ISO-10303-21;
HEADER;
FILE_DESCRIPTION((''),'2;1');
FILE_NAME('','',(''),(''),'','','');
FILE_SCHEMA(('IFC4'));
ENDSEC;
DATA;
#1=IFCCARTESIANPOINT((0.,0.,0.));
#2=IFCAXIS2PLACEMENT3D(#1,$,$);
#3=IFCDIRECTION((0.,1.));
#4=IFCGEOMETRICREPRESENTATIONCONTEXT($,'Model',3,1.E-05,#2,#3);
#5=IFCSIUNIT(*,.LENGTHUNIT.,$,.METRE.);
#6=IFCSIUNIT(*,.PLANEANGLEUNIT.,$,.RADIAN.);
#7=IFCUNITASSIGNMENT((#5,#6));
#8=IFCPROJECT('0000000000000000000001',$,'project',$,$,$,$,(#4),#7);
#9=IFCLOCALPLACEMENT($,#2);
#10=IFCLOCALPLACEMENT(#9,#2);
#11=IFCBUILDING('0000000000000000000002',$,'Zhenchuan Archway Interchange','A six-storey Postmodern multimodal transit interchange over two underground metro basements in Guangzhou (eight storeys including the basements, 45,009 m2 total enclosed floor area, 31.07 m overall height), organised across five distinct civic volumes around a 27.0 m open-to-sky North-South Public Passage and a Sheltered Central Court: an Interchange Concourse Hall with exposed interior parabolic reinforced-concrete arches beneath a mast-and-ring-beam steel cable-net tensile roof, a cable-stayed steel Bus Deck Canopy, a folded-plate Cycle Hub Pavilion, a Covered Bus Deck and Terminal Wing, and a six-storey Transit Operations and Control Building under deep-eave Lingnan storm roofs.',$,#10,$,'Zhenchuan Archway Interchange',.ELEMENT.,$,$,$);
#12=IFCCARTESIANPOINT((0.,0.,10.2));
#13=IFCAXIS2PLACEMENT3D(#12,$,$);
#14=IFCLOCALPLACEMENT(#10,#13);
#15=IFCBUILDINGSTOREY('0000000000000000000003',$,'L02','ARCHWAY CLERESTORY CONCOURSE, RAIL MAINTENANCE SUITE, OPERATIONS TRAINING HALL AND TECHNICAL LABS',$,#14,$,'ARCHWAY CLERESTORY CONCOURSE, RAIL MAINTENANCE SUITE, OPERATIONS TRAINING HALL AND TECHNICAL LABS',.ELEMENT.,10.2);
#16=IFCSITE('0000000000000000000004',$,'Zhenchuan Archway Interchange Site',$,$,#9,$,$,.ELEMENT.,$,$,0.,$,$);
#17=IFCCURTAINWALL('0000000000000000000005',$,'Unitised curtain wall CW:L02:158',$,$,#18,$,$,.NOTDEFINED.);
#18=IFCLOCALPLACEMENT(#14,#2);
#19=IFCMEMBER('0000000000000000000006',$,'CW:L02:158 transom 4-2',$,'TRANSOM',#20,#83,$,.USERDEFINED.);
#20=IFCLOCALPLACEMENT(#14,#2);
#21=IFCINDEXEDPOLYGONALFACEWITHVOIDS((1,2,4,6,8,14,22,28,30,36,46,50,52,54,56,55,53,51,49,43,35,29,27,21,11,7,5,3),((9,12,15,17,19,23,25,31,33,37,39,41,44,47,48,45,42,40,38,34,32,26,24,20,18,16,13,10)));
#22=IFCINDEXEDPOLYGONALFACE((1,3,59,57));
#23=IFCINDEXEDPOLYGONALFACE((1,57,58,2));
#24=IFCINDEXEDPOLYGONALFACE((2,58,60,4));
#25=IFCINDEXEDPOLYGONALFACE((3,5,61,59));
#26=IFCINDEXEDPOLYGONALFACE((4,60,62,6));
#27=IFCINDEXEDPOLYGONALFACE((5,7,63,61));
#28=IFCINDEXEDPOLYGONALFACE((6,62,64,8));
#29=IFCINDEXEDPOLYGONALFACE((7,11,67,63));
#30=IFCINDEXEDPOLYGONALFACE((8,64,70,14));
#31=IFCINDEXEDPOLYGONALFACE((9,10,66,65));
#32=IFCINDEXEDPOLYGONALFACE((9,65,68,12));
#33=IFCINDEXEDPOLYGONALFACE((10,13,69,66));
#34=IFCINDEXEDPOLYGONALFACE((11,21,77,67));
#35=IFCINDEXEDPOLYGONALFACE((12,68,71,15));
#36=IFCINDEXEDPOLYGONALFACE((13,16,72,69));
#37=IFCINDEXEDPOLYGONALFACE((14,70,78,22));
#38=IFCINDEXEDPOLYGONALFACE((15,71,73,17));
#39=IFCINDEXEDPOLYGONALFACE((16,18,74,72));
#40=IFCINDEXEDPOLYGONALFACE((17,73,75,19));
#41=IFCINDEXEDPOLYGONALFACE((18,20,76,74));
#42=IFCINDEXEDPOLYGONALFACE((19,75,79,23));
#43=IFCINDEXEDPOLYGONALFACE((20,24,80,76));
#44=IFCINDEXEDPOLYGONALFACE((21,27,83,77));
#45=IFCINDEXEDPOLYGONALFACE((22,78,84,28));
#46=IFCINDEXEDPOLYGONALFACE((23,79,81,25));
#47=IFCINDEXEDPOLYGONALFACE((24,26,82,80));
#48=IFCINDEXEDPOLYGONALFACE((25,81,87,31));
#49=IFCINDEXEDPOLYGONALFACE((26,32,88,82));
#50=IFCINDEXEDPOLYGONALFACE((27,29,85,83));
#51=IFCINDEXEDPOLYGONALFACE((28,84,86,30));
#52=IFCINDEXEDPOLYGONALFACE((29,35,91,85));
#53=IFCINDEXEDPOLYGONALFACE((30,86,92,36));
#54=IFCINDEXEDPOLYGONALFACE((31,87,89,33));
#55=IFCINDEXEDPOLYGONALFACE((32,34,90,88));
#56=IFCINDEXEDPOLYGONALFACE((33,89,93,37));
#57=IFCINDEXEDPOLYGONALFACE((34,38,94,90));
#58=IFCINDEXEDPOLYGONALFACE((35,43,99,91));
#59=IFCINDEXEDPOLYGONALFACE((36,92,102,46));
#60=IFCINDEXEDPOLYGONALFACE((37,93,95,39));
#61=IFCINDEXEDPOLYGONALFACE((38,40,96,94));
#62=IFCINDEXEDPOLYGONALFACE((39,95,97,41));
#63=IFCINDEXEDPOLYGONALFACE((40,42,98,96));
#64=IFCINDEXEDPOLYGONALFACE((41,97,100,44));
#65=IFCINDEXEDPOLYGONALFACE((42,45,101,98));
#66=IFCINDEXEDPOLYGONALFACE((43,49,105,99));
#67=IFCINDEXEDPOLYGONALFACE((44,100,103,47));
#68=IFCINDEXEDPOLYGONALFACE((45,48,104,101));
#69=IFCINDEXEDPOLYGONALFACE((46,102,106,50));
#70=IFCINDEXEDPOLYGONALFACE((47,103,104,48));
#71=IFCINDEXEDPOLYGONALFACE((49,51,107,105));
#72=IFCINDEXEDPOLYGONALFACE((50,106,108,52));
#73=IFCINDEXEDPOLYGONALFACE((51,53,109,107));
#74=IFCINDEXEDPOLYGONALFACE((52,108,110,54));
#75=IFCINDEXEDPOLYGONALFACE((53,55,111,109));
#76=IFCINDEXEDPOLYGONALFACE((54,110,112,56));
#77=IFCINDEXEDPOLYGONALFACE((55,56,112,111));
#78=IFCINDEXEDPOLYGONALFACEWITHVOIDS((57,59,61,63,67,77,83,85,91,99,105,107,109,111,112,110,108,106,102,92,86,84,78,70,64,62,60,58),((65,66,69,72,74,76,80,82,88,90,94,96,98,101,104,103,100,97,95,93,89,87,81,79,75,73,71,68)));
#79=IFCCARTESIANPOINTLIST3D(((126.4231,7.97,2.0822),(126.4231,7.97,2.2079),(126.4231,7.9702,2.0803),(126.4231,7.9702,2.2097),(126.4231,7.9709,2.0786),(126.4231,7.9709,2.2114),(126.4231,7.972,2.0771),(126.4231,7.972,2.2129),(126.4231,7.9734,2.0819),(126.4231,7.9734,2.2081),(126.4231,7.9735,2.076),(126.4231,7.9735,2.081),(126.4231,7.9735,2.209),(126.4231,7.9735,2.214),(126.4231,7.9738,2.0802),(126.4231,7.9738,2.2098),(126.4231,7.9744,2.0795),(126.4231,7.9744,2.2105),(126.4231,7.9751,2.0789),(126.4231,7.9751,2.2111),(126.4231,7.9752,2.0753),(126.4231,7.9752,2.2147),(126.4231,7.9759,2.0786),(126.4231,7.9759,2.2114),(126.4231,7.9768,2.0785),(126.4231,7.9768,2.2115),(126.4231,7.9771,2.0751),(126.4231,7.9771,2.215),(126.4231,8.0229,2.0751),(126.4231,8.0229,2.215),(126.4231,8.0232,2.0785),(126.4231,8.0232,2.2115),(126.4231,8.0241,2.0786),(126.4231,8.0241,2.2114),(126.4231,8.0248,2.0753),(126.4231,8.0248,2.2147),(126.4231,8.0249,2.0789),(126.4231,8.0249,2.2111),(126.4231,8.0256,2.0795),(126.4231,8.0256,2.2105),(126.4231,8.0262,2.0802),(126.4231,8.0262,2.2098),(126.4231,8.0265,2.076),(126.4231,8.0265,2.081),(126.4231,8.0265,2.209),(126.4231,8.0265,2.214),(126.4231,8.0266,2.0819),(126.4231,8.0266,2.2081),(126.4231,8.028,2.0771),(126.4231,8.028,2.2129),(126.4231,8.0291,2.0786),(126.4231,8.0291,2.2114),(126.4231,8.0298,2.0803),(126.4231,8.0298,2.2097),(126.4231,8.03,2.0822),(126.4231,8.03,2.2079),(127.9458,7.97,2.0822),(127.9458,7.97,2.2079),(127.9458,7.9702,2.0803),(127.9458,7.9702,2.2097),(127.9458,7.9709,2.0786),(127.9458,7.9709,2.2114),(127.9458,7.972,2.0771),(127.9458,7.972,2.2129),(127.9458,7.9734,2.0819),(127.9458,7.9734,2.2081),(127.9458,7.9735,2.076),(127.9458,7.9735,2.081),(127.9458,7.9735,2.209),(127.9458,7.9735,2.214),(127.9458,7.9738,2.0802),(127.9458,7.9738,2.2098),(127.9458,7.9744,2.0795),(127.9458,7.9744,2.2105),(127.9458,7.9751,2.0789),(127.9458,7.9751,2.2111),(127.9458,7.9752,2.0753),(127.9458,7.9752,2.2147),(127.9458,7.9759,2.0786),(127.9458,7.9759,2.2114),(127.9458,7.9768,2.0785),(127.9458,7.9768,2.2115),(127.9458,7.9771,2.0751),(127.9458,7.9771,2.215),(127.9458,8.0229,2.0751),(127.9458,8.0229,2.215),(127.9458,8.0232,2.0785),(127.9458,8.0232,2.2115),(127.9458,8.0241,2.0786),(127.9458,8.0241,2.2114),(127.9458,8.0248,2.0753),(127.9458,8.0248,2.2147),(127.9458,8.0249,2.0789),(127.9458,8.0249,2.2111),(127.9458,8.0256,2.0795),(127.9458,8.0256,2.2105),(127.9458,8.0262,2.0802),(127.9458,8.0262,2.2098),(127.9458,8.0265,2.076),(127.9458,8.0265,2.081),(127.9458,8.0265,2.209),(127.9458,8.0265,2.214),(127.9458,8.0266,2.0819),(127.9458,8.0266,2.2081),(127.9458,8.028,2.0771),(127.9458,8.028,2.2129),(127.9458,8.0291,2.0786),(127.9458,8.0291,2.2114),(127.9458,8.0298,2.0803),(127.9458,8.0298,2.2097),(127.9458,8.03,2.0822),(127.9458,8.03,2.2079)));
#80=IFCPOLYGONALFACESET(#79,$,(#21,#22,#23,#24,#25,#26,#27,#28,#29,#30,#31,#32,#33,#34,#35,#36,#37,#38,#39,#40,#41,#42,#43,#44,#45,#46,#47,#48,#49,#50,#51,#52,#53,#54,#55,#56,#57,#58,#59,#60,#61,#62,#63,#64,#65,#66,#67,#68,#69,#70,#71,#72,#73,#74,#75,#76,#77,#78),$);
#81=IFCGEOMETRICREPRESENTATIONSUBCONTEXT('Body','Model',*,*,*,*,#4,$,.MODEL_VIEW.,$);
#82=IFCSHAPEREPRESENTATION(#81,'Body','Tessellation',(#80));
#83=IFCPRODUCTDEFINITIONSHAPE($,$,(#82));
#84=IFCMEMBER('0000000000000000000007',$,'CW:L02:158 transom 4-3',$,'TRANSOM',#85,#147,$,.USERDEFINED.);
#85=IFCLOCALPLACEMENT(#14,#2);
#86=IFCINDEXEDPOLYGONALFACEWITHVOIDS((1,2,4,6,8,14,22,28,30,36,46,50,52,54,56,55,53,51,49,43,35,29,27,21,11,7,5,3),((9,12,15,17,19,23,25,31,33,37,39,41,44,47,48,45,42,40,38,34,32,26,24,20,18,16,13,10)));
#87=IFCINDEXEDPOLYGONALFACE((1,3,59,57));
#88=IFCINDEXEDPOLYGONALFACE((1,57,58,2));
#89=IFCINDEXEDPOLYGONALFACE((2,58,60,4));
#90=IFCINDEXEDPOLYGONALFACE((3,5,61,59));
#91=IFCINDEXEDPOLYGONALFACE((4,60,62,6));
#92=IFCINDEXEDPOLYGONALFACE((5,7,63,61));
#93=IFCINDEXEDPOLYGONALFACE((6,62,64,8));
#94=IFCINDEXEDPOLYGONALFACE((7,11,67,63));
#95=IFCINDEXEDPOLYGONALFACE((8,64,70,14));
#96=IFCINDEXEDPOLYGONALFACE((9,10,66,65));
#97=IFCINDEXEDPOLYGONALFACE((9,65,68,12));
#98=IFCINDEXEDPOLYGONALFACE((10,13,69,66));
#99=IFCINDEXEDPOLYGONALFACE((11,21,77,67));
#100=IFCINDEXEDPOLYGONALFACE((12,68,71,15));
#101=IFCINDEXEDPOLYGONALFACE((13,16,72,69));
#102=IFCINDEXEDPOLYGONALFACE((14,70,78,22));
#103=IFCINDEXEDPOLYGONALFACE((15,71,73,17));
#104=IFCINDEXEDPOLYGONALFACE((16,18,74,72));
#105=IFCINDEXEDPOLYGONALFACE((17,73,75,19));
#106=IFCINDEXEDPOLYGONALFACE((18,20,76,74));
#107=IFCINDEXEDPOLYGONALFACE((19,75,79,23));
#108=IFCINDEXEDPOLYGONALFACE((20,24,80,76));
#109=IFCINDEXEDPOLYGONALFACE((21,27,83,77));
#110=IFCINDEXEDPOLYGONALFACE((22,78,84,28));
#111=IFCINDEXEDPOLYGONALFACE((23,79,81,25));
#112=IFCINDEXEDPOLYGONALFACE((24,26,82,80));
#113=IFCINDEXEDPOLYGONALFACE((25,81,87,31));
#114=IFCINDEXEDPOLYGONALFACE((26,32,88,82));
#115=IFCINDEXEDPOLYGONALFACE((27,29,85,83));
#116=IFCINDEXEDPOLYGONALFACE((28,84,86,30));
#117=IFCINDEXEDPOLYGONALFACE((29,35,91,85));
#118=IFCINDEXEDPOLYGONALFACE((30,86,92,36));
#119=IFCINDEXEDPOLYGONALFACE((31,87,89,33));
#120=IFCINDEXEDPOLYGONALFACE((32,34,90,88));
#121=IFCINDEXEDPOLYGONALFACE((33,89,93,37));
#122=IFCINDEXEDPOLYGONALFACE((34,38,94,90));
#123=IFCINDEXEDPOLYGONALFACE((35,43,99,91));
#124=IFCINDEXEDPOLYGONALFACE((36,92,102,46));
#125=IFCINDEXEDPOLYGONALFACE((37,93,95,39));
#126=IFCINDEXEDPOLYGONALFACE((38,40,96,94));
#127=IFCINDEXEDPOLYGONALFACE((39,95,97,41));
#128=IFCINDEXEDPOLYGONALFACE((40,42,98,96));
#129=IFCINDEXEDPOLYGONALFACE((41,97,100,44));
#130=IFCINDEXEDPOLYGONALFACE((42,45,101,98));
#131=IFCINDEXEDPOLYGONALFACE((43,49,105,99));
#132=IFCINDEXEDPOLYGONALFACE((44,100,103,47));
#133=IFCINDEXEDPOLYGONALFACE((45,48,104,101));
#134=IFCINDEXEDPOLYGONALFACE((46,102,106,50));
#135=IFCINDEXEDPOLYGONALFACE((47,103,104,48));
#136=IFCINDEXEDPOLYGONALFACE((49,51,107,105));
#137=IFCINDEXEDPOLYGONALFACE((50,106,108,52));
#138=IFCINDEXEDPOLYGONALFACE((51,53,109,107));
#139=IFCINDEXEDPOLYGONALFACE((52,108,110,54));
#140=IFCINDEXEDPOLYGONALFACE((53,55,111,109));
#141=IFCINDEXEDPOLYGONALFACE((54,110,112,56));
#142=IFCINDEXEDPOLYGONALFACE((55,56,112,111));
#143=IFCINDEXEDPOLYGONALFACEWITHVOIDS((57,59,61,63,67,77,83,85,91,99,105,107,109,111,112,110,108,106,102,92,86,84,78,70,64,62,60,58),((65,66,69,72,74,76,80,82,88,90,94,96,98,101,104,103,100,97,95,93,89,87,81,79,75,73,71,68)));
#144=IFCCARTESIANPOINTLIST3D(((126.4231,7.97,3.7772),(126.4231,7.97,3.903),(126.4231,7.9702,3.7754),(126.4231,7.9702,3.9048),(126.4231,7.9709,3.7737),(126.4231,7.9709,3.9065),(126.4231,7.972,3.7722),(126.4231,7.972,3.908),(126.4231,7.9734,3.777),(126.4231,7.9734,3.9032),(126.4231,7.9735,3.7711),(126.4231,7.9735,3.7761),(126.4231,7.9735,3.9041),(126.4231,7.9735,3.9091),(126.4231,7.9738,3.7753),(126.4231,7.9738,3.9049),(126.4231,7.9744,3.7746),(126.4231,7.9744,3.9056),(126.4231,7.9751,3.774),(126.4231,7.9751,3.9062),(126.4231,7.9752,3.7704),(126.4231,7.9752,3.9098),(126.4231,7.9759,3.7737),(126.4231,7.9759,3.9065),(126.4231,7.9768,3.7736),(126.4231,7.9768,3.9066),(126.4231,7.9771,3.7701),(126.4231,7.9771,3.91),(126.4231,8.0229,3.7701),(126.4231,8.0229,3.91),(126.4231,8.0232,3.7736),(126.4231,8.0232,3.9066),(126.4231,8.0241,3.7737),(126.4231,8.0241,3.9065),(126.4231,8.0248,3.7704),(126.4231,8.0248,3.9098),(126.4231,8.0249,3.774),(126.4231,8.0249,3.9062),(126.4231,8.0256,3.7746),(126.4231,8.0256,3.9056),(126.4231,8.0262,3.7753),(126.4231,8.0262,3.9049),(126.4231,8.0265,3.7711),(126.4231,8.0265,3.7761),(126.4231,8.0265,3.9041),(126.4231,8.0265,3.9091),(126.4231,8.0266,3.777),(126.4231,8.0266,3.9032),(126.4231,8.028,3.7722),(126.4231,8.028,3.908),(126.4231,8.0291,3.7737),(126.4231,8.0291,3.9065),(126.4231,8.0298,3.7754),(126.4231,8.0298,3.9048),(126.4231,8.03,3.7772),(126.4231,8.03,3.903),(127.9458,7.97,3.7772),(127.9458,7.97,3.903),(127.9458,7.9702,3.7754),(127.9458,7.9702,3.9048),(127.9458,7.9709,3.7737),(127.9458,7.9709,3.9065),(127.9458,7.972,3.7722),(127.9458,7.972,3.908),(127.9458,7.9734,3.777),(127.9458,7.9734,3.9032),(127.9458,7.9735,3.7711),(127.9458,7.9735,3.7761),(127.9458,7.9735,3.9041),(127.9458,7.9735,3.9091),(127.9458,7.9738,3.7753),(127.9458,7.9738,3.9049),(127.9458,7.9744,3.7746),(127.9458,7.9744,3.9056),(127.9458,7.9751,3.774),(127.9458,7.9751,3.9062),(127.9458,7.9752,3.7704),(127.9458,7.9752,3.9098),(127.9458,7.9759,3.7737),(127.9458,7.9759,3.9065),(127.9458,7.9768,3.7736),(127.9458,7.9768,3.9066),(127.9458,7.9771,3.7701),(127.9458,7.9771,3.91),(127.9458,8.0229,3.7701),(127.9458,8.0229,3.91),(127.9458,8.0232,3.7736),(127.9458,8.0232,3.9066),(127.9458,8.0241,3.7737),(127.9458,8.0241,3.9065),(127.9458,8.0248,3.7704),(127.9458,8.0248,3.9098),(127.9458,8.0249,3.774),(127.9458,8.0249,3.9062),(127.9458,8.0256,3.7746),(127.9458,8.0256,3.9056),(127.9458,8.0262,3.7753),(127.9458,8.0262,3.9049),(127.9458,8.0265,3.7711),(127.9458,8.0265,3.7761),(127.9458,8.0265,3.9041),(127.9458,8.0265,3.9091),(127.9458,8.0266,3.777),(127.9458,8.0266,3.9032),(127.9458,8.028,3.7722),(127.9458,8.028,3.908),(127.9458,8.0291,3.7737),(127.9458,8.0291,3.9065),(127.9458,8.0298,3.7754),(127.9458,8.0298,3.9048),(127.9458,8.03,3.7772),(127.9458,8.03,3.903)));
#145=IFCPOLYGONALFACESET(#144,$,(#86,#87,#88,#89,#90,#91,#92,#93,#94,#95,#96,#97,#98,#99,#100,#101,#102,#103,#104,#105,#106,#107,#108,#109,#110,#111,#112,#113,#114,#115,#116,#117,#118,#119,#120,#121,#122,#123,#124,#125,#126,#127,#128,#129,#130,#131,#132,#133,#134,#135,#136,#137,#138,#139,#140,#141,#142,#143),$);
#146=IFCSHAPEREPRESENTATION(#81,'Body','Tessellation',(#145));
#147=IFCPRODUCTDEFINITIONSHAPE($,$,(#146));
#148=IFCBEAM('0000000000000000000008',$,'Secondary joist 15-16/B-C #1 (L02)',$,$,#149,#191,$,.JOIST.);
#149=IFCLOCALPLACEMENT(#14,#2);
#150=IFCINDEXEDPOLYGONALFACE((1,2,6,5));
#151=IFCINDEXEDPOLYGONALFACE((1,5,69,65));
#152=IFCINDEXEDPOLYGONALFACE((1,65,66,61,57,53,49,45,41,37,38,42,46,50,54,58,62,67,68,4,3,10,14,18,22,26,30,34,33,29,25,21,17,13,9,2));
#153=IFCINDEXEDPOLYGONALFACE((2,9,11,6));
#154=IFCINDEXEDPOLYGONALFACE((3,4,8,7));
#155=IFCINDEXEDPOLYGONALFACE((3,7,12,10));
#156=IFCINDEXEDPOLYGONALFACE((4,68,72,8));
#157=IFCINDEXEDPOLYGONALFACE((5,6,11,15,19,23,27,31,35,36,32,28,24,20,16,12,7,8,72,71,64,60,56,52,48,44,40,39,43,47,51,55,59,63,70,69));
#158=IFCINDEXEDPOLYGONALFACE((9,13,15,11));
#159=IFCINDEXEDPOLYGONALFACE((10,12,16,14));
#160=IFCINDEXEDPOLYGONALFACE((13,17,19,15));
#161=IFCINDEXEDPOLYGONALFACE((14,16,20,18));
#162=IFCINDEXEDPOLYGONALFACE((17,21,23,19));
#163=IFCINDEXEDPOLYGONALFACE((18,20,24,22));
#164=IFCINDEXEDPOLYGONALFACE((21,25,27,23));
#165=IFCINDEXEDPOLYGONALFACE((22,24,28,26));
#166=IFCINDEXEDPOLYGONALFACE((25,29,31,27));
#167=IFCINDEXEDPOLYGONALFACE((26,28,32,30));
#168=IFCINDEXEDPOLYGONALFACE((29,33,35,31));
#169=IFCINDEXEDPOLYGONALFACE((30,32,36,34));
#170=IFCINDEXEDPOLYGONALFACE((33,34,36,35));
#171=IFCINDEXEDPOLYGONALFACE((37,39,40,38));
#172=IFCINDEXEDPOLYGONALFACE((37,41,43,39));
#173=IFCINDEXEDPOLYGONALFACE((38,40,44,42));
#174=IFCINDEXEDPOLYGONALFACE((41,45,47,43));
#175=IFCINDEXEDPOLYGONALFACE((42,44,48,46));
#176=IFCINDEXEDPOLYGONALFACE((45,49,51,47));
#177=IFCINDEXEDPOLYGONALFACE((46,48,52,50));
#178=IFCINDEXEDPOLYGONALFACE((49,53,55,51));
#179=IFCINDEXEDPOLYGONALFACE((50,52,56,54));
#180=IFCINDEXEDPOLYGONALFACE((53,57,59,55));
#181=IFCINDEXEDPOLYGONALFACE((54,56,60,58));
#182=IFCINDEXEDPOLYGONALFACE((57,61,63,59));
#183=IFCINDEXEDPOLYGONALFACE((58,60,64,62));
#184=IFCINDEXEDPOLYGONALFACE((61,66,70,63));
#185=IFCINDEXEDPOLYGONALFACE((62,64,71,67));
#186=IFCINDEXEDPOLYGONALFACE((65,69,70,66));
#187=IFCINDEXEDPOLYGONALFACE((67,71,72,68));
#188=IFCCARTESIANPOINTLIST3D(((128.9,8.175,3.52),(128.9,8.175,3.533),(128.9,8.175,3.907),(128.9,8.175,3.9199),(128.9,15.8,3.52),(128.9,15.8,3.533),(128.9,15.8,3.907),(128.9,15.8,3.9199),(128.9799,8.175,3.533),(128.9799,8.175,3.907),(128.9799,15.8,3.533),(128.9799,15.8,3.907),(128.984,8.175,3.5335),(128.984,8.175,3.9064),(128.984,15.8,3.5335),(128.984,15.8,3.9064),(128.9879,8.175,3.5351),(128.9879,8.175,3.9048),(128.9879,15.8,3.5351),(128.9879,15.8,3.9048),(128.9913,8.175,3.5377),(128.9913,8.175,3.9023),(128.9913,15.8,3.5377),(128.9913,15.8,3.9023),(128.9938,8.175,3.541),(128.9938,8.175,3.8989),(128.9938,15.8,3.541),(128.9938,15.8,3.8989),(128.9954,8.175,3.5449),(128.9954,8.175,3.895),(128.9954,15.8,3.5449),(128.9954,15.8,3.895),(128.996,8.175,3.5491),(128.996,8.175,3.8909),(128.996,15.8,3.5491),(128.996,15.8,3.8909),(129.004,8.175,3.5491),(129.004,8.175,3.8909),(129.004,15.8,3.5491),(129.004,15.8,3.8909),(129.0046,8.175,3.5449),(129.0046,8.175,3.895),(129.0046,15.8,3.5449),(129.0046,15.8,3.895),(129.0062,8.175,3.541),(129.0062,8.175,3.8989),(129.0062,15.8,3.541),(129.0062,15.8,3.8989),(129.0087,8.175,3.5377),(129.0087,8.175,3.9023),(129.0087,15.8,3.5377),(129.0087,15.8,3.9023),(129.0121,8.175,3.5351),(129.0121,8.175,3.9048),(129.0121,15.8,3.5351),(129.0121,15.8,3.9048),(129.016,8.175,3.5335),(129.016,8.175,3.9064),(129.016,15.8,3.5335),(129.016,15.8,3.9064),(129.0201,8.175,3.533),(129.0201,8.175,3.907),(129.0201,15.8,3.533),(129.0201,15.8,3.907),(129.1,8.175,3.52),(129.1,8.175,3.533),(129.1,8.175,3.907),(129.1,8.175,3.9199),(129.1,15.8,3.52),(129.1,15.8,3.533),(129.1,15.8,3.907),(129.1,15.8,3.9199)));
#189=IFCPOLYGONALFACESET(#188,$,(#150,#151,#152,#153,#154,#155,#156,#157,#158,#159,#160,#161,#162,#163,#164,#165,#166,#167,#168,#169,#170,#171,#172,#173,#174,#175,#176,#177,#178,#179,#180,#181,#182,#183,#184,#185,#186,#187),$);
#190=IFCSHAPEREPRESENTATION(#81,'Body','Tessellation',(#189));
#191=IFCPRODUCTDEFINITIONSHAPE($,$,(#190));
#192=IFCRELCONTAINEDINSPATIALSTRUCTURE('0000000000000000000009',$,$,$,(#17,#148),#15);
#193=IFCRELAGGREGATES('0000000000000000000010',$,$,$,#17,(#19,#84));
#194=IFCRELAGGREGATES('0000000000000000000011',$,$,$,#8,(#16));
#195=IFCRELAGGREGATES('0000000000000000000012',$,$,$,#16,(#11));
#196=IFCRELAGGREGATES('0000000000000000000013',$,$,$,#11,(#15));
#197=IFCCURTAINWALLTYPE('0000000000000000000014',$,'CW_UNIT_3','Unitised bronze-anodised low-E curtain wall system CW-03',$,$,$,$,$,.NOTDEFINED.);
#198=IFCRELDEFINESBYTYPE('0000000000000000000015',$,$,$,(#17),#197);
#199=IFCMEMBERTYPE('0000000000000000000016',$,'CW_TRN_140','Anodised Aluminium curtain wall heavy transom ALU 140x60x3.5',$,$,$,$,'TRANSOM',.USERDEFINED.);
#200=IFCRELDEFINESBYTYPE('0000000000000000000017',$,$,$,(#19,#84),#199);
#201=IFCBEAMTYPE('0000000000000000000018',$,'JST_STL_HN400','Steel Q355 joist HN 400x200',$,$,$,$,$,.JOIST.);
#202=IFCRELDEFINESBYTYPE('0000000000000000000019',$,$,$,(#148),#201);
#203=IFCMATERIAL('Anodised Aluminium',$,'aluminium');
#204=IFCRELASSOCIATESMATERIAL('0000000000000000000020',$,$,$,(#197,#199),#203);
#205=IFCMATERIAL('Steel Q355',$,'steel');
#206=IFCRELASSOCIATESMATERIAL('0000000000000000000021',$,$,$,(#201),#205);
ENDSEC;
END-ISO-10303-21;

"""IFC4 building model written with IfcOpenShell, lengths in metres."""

from ifc_helpers import new_model, si_unit, direction, frame, origin, origin_2d, place, context, subcontext, project, spatial, hollow_rectangle, i_section, extrude, material, material_profile, profile_set, type_object, element, aggregate, save


model = new_model("IFC4")

# Units and contexts
model_context = context("Model", 3, precision=1e-05, world=origin(), true_north=direction((0.0, 1.0)))
body_context = subcontext(model_context, "Body", "Model", "MODEL_VIEW")
ifc_project = project(units=[si_unit("LENGTHUNIT", "METRE"), si_unit("PLANEANGLEUNIT", "RADIAN")], contexts=[model_context])

# Site, building, storey
site_placement = place(None, origin())
site = spatial("IfcSite", under=ifc_project, at=site_placement, Name="Zhenchuan Archway Interchange Site", CompositionType="ELEMENT", RefElevation=0.0)
building_placement = place(site_placement, origin())
building = spatial("IfcBuilding", under=site, at=building_placement, Name="Zhenchuan Archway Interchange", Description="A six-storey Postmodern multimodal transit interchange over two underground metro basements in Guangzhou (eight storeys including the basements, 45,009 m2 total enclosed floor area, 31.07 m overall height), organised across five distinct civic volumes around a 27.0 m open-to-sky North-South Public Passage and a Sheltered Central Court: an Interchange Concourse Hall with exposed interior parabolic reinforced-concrete arches beneath a mast-and-ring-beam steel cable-net tensile roof, a cable-stayed steel Bus Deck Canopy, a folded-plate Cycle Hub Pavilion, a Covered Bus Deck and Terminal Wing, and a six-storey Transit Operations and Control Building under deep-eave Lingnan storm roofs.", LongName="Zhenchuan Archway Interchange", CompositionType="ELEMENT")
storey_placement = place(building_placement, frame((0.0, 0.0, 10.2)))
storey = spatial("IfcBuildingStorey", under=building, at=storey_placement, Name="L02", Description="ARCHWAY CLERESTORY CONCOURSE, RAIL MAINTENANCE SUITE, OPERATIONS TRAINING HALL AND TECHNICAL LABS", LongName="ARCHWAY CLERESTORY CONCOURSE, RAIL MAINTENANCE SUITE, OPERATIONS TRAINING HALL AND TECHNICAL LABS", CompositionType="ELEMENT", Elevation=10.2)

# Curtain wall, members
ifc_material_1 = material(Name="Anodised Aluminium", Category="aluminium")
curtain_wall_type = type_object("IfcCurtainWallType", Name="CW_UNIT_3", Description="Unitised bronze-anodised low-E curtain wall system CW-03", PredefinedType="NOTDEFINED", material=ifc_material_1)
curtain_wall_placement = place(storey_placement, origin())
curtain_wall = element("IfcCurtainWall", 1, at=curtain_wall_placement, inside=storey, type_object=curtain_wall_type, Name="Unitised curtain wall CW:L02:158", PredefinedType="NOTDEFINED")
ifc_material_profile_1 = material_profile(ifc_material_1, hollow_rectangle(XDim=0.0601, YDim=0.1399, WallThickness=0.0034, InnerFilletRadius=0.0034, OuterFilletRadius=0.0071, at=origin_2d()), Name="ALU 140x60x3.5")
ifc_profile_set_1 = profile_set([ifc_material_profile_1], Name="Anodised Aluminium")
member_type_1 = type_object("IfcMemberType", Name="CW_TRN_140", Description="Anodised Aluminium curtain wall heavy transom ALU 140x60x3.5", ElementType="TRANSOM", PredefinedType="USERDEFINED", material=ifc_profile_set_1)
member_1_placement = place(storey_placement, frame((127.9458, 8.0, 2.145), z_axis=(-1.0, 0.0, 0.0), x_axis=(0.0, -1.0, 0.0)))
member_1 = element("IfcMember", 2, at=member_1_placement, type_object=member_type_1, Name="CW:L02:158 transom 4-2", ObjectType="TRANSOM", PredefinedType="USERDEFINED", context=body_context, shape_type="SweptSolid", body=[
    extrude(hollow_rectangle(XDim=0.0601, YDim=0.1399, WallThickness=0.0034, InnerFilletRadius=0.0034, OuterFilletRadius=0.0071, at=origin_2d()), origin(), (0.0, 0.0, 1.0), 1.5227),
])
member_2_placement = place(storey_placement, frame((127.9458, 8.0, 3.8401), z_axis=(-1.0, 0.0, 0.0), x_axis=(0.0, -1.0, 0.0)))
member_2 = element("IfcMember", 3, at=member_2_placement, type_object=member_type_1, Name="CW:L02:158 transom 4-3", ObjectType="TRANSOM", PredefinedType="USERDEFINED", context=body_context, shape_type="SweptSolid", body=[
    extrude(hollow_rectangle(XDim=0.0601, YDim=0.1399, WallThickness=0.0034, InnerFilletRadius=0.0034, OuterFilletRadius=0.0071, at=origin_2d()), origin(), (0.0, 0.0, 1.0), 1.5227),
])

# Beam
ifc_material_2 = material(Name="Steel Q355", Category="steel")
ifc_material_profile_2 = material_profile(ifc_material_2, i_section(OverallWidth=0.2, OverallDepth=0.3999, WebThickness=0.0081, FlangeThickness=0.0129, FilletRadius=0.0161, at=origin_2d()), Name="HN 400x200")
ifc_profile_set_2 = profile_set([ifc_material_profile_2], Name="Steel Q355")
beam_type_1 = type_object("IfcBeamType", Name="JST_STL_HN400", Description="Steel Q355 joist HN 400x200", PredefinedType="JOIST", material=ifc_profile_set_2)
beam_1_placement = place(storey_placement, frame((129.0, 8.175, 3.72), z_axis=(0.0, 1.0, 0.0), x_axis=(-1.0, 0.0, 0.0)))
element("IfcBeam", 4, at=beam_1_placement, inside=storey, type_object=beam_type_1, Name="Secondary joist 15-16/B-C #1 (L02)", PredefinedType="JOIST", context=body_context, shape_type="SweptSolid", body=[
    extrude(i_section(OverallWidth=0.2, OverallDepth=0.3999, WebThickness=0.0081, FlangeThickness=0.0129, FilletRadius=0.0161, at=origin_2d()), origin(), (0.0, 0.0, 1.0), 7.625),
])

aggregate(curtain_wall, [member_1, member_2])

save(model, "model.ifc")
